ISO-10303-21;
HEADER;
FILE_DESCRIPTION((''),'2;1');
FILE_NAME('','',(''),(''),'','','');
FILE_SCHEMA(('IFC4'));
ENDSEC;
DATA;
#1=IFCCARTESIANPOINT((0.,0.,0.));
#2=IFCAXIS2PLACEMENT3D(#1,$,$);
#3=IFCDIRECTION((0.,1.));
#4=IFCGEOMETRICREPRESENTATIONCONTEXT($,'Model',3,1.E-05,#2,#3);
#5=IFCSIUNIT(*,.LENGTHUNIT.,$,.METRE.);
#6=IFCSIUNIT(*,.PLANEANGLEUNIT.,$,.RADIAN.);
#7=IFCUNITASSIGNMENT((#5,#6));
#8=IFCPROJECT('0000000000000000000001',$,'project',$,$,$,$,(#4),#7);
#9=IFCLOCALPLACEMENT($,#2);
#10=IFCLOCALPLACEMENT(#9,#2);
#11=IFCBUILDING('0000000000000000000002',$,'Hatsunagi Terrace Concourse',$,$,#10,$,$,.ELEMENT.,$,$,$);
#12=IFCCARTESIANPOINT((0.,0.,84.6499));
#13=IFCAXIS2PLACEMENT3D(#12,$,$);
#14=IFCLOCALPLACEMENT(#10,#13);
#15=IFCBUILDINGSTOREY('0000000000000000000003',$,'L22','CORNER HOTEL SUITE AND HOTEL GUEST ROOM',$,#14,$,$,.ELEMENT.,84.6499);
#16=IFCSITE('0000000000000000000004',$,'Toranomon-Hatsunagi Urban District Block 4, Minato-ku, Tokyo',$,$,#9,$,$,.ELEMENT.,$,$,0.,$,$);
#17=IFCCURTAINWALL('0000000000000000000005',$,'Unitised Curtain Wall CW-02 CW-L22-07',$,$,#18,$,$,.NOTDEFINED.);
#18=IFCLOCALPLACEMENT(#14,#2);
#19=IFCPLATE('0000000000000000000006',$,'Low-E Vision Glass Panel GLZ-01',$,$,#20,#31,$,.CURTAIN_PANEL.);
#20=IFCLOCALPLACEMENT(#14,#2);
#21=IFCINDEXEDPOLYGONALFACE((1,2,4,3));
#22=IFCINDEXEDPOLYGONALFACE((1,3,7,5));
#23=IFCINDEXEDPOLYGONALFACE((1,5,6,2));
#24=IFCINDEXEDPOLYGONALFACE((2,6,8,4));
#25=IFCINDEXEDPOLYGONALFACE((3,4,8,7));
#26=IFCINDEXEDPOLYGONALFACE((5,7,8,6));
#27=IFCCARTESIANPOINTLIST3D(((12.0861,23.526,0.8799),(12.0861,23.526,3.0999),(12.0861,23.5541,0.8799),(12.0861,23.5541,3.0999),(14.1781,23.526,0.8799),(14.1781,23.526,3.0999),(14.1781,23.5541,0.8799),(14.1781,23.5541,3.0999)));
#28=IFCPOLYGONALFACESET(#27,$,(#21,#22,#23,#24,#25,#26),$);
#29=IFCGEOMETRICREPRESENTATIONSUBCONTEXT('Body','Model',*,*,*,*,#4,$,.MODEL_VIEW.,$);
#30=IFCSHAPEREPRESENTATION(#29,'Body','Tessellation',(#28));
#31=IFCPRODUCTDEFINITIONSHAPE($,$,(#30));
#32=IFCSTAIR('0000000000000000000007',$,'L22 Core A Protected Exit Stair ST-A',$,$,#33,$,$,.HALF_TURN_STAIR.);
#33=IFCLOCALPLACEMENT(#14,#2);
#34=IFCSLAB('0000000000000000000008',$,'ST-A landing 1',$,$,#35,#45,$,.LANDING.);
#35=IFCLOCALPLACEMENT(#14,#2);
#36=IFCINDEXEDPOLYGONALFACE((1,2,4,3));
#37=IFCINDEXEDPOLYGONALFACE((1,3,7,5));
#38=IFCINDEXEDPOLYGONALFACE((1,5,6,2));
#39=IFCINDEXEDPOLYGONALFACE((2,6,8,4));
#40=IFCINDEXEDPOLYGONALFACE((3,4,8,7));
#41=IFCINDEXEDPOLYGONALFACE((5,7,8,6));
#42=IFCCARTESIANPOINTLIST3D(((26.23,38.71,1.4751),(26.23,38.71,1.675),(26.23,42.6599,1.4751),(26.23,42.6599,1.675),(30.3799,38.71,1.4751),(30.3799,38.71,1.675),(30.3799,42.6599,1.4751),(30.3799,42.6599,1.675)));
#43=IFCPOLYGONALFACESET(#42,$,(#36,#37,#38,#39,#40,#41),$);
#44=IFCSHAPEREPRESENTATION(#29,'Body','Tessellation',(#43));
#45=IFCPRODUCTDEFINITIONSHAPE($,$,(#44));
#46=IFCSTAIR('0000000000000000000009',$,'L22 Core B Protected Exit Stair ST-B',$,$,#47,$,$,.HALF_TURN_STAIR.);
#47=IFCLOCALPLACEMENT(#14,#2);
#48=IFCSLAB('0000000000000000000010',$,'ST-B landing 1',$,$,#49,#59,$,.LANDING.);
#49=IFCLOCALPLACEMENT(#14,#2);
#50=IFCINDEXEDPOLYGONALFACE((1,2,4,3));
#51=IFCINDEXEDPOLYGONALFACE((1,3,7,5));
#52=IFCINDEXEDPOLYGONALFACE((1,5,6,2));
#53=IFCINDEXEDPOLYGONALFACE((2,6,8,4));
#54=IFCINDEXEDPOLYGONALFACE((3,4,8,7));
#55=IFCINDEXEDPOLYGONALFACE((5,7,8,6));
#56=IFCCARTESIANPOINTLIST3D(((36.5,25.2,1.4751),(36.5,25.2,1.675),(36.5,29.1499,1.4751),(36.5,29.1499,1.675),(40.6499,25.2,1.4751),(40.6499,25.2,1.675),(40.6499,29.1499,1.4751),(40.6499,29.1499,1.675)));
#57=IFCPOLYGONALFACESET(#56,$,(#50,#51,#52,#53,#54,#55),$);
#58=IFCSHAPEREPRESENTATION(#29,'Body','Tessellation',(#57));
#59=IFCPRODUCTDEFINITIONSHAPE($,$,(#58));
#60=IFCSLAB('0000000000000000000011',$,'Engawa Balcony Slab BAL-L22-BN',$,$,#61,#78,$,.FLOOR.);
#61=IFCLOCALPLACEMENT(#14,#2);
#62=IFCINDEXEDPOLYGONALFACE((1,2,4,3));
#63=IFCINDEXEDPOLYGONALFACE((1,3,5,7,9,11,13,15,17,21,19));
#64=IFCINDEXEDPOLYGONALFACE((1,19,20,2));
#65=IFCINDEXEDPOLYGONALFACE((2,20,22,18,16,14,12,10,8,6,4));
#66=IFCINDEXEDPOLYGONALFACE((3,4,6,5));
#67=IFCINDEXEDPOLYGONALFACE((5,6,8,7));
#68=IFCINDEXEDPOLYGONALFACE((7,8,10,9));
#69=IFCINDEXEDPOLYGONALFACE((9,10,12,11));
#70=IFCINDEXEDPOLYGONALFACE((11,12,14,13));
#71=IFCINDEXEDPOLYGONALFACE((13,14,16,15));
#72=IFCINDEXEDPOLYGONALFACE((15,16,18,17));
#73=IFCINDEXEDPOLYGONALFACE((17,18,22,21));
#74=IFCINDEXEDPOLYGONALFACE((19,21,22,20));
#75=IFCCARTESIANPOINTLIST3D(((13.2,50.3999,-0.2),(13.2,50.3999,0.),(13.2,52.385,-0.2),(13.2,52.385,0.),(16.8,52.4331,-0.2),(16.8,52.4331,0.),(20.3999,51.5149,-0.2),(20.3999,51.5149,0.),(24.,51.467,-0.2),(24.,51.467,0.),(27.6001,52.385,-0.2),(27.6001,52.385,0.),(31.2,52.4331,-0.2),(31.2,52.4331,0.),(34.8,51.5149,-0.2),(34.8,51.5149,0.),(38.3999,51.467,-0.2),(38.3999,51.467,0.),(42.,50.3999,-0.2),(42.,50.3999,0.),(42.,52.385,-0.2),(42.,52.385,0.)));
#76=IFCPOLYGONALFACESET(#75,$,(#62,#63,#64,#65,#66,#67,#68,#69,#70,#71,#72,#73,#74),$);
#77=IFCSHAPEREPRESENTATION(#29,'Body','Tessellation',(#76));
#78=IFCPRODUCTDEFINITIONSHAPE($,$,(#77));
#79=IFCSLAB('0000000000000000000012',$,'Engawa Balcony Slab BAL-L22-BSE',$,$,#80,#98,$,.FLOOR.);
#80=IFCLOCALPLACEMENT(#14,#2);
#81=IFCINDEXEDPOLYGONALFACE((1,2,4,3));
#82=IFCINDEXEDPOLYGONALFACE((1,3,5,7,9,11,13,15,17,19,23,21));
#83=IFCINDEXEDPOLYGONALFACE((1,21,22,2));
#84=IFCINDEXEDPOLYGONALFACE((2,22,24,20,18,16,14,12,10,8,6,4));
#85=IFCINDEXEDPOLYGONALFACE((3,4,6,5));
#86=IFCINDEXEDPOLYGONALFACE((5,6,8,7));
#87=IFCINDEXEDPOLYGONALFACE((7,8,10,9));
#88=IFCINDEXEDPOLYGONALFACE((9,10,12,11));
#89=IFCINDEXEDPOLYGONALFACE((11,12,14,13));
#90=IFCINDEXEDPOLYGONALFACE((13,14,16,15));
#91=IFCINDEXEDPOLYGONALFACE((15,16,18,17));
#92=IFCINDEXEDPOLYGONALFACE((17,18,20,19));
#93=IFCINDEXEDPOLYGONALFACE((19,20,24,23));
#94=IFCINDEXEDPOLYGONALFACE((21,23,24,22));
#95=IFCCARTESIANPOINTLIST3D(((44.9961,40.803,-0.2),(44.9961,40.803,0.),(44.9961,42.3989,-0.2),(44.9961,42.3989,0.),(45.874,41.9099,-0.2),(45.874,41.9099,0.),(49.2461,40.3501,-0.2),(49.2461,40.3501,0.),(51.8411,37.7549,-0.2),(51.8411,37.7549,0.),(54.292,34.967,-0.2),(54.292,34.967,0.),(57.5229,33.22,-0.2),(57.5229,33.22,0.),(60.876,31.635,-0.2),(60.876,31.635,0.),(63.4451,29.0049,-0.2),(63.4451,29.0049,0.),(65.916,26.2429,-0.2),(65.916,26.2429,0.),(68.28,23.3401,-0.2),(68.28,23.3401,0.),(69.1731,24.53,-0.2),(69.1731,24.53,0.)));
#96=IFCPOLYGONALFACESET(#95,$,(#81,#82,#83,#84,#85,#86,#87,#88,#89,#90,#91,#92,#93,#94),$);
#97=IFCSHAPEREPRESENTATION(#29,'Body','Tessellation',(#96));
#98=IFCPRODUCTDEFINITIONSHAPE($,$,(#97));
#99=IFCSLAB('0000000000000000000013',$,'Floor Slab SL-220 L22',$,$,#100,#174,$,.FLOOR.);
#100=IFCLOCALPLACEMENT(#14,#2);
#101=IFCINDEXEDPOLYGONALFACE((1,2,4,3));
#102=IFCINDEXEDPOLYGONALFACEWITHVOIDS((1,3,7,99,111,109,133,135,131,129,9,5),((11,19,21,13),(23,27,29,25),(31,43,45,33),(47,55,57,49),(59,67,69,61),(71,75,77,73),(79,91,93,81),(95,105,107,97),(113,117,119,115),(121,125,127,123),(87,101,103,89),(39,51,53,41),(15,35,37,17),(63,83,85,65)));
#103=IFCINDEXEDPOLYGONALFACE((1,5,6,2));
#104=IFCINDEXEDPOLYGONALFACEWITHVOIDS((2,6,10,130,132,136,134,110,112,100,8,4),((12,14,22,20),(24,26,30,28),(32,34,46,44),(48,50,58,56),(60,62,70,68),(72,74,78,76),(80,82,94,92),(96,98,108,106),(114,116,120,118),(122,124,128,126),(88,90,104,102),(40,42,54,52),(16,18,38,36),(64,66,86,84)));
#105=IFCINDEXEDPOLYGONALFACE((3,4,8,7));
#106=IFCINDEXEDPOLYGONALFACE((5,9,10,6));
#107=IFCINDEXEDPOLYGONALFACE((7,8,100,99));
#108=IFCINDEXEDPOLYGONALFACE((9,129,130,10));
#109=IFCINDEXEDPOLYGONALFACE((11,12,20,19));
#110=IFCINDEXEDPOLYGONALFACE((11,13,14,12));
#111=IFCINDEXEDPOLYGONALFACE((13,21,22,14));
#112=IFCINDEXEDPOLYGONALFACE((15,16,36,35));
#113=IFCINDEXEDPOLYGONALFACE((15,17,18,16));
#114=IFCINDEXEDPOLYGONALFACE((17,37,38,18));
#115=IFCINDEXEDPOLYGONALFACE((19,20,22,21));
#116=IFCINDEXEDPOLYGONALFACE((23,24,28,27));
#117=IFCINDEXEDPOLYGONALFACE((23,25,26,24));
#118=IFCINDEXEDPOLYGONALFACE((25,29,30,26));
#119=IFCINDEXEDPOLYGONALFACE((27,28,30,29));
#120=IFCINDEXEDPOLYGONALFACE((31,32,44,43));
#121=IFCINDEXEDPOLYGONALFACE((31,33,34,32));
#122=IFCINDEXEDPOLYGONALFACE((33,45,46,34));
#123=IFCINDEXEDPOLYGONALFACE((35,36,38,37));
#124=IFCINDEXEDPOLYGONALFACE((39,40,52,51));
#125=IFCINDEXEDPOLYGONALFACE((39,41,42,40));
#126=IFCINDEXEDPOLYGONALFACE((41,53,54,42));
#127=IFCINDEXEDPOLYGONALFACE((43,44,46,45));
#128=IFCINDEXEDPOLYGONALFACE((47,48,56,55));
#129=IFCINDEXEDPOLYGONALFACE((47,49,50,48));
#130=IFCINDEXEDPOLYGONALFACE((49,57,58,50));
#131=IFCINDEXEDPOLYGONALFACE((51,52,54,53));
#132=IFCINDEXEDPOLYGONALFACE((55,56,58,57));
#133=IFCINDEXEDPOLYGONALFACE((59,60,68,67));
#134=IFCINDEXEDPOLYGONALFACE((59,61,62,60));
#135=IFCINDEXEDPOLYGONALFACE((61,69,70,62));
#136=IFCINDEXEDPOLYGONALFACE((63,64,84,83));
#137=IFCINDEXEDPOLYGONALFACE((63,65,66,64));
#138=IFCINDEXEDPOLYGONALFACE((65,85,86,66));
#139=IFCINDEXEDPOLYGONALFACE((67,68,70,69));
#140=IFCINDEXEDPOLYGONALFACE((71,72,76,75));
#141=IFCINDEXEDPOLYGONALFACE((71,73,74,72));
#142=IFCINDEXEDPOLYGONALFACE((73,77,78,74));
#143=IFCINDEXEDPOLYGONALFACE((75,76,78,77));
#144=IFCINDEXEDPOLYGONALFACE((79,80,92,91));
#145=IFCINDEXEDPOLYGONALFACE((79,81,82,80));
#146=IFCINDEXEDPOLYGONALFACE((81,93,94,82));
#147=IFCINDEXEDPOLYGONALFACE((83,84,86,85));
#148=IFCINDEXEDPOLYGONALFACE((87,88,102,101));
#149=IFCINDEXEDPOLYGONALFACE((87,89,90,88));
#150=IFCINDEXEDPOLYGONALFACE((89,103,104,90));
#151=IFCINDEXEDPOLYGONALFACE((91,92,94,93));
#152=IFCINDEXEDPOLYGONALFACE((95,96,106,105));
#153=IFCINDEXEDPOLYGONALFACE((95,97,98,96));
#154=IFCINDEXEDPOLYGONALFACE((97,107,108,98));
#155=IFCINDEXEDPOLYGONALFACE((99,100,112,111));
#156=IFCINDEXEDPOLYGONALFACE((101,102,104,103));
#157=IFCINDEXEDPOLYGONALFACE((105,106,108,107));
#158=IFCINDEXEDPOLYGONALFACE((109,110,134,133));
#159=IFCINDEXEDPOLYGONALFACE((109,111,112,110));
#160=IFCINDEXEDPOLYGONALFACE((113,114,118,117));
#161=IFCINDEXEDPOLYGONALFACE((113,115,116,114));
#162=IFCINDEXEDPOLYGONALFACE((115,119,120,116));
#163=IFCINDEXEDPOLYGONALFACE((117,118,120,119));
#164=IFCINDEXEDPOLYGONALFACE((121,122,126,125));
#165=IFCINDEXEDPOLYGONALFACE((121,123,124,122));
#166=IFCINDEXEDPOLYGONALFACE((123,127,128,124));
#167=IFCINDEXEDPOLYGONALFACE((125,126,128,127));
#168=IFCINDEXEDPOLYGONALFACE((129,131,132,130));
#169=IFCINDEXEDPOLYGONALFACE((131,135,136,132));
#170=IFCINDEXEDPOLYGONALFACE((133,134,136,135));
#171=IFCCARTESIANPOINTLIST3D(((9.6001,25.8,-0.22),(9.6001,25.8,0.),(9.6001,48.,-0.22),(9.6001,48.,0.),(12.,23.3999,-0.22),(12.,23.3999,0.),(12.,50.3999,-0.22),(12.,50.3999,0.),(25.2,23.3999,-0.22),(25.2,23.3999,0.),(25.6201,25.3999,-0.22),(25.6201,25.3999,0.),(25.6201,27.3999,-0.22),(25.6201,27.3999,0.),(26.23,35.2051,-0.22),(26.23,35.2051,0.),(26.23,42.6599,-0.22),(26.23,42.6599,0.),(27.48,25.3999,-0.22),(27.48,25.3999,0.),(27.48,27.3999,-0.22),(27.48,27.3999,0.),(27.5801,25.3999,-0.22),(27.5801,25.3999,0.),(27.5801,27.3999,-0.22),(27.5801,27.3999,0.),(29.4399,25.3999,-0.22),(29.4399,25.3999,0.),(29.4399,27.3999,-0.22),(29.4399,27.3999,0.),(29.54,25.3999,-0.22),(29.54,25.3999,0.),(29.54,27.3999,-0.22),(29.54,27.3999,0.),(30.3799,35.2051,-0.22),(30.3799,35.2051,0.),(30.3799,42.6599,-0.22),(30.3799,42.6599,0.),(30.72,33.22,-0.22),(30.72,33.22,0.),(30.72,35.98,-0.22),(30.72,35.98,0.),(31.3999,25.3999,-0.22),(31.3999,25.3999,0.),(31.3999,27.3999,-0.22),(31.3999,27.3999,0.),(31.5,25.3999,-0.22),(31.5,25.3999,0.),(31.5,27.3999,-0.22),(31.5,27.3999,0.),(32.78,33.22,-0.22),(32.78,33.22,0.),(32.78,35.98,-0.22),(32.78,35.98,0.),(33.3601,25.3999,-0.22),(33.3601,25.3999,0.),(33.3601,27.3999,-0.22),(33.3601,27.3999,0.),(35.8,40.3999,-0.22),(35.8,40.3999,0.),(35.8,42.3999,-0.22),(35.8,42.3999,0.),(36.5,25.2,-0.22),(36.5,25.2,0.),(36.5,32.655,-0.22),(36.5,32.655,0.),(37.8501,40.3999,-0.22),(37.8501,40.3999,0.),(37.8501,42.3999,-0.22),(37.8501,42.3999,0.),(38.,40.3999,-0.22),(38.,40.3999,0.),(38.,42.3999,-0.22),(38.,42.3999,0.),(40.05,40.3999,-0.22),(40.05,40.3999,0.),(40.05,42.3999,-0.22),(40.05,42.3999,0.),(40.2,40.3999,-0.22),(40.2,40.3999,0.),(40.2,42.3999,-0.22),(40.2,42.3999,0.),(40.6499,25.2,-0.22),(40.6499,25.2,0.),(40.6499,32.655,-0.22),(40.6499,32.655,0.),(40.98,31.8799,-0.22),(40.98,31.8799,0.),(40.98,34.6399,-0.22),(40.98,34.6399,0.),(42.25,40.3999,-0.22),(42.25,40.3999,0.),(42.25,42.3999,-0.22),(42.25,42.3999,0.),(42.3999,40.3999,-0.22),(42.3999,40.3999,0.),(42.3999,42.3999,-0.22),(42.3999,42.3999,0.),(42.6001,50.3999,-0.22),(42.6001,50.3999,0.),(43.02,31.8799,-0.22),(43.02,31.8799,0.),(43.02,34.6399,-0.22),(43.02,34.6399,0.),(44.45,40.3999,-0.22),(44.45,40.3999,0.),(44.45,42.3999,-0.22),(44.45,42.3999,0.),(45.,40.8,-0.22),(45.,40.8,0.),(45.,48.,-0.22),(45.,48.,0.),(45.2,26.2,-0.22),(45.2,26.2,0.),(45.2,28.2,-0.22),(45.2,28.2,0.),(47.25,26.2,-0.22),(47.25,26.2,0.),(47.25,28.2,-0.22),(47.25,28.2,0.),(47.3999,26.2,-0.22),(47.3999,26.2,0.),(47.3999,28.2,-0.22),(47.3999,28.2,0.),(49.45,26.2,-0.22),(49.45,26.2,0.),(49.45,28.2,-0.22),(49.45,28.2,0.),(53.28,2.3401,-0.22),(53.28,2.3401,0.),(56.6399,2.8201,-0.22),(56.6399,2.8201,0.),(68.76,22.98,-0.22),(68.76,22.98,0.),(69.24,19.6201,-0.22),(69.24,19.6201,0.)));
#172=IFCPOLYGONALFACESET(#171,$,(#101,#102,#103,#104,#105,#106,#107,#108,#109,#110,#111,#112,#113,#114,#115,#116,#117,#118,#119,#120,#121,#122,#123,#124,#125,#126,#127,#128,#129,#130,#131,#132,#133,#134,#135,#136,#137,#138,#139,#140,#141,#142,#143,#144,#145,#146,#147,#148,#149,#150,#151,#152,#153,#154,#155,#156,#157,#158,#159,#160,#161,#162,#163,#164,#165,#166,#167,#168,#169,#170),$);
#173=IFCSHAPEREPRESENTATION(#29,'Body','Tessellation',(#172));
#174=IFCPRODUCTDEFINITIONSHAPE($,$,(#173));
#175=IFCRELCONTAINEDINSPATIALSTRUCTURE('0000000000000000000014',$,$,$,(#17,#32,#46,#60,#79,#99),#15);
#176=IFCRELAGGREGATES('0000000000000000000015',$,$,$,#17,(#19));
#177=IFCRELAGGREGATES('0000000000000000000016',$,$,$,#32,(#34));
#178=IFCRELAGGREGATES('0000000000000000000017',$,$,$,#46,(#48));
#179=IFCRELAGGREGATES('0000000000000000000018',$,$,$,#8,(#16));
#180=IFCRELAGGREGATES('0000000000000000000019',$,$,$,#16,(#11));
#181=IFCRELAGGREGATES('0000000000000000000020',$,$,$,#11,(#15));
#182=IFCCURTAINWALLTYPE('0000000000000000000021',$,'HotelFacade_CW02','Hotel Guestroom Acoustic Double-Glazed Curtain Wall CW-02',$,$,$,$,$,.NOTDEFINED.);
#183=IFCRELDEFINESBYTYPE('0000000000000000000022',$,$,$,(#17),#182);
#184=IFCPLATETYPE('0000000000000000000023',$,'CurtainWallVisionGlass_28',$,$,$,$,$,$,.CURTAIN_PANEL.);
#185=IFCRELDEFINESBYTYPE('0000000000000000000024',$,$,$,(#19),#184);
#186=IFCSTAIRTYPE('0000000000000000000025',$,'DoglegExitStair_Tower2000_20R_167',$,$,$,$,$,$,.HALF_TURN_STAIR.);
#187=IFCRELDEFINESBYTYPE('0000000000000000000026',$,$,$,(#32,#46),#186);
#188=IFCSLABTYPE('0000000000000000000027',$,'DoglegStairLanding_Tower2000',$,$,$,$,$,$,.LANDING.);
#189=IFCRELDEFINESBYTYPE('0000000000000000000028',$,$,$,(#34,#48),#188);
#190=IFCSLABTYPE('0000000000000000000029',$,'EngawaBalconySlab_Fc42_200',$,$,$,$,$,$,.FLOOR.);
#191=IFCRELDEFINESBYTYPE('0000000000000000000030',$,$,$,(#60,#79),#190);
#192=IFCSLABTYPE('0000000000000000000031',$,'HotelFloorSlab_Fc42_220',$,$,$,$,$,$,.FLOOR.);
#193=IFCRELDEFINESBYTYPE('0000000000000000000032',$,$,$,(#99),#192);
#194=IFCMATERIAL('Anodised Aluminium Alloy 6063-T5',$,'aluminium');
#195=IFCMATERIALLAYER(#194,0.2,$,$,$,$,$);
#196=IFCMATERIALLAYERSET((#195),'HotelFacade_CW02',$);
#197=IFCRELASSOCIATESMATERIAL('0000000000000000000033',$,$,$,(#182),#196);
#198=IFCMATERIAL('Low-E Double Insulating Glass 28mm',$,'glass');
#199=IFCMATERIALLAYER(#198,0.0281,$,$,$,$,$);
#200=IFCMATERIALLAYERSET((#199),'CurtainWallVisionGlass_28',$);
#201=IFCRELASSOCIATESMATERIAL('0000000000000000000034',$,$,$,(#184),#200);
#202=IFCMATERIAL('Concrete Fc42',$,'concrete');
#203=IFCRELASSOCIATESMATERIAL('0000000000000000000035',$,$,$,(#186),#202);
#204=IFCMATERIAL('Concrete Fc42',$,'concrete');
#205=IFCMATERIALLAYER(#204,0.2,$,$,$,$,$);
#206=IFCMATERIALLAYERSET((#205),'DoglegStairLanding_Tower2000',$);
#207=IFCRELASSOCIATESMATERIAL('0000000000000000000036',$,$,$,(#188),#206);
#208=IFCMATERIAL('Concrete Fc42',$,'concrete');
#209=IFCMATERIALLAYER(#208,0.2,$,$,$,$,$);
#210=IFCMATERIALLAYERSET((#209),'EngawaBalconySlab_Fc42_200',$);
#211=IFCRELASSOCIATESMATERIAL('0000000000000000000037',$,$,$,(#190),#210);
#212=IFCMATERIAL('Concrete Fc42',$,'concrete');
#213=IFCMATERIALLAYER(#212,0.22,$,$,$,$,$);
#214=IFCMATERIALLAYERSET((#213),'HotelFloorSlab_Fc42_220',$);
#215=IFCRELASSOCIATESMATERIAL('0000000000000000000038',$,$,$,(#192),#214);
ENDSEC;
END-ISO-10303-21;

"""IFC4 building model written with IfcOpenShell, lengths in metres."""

from ifc_helpers import new_model, si_unit, direction, frame, origin, origin_2d, place, context, subcontext, project, spatial, polyline, rectangle, outline, extrude, material, layer, layer_set, type_object, element, aggregate, save


model = new_model("IFC4")

# Units and contexts
model_context = context("Model", 3, precision=1e-05, world=origin(), true_north=direction((0.0, 1.0)))
body_context = subcontext(model_context, "Body", "Model", "MODEL_VIEW")
ifc_project = project(units=[si_unit("LENGTHUNIT", "METRE"), si_unit("PLANEANGLEUNIT", "RADIAN")], contexts=[model_context])

# Site, building, storey
site_placement = place(None, origin())
site = spatial("IfcSite", under=ifc_project, at=site_placement, Name="Toranomon-Hatsunagi Urban District Block 4, Minato-ku, Tokyo", CompositionType="ELEMENT", RefElevation=0.0)
building_placement = place(site_placement, origin())
building = spatial("IfcBuilding", under=site, at=building_placement, Name="Hatsunagi Terrace Concourse", CompositionType="ELEMENT")
storey_placement = place(building_placement, frame((0.0, 0.0, 84.6499)))
storey = spatial("IfcBuildingStorey", under=building, at=storey_placement, Name="L22", Description="CORNER HOTEL SUITE AND HOTEL GUEST ROOM", CompositionType="ELEMENT", Elevation=84.6499)

# Shared definitions
ifc_material_1 = material(Name="Anodised Aluminium Alloy 6063-T5", Category="aluminium")
ifc_layer_1 = layer(ifc_material_1, 0.2)
ifc_layer_set_1 = layer_set([ifc_layer_1], Name="HotelFacade_CW02")
curtain_wall_type = type_object("IfcCurtainWallType", Name="HotelFacade_CW02", Description="Hotel Guestroom Acoustic Double-Glazed Curtain Wall CW-02", PredefinedType="NOTDEFINED", material=ifc_layer_set_1)

# Curtain wall, plate
curtain_wall_1_placement = place(storey_placement, origin())
curtain_wall_1 = element("IfcCurtainWall", 1, at=curtain_wall_1_placement, inside=storey, type_object=curtain_wall_type, Name="Unitised Curtain Wall CW-02 CW-L22-07", PredefinedType="NOTDEFINED")
ifc_material_2 = material(Name="Low-E Double Insulating Glass 28mm", Category="glass")
ifc_layer_2 = layer(ifc_material_2, 0.0281)
ifc_layer_set_2 = layer_set([ifc_layer_2], Name="CurtainWallVisionGlass_28")
plate_type_1 = type_object("IfcPlateType", Name="CurtainWallVisionGlass_28", PredefinedType="CURTAIN_PANEL", material=ifc_layer_set_2)
plate_1_placement = place(storey_placement, frame((13.1321, 23.54, 0.8799), z_axis=(0.0, 0.0, 1.0), x_axis=(-1.0, 0.0, 0.0)))
plate_1 = element("IfcPlate", 2, at=plate_1_placement, type_object=plate_type_1, Name="Low-E Vision Glass Panel GLZ-01", PredefinedType="CURTAIN_PANEL", context=body_context, shape_type="SweptSolid", body=[
    extrude(rectangle(XDim=2.092, YDim=0.0281, at=origin_2d()), origin(), (0.0, 0.0, 1.0), 2.22),
])
aggregate(curtain_wall_1, [plate_1])

# Stairs, slabs
ifc_material_3 = material(Name="Concrete Fc42", Category="concrete")
stair_type = type_object("IfcStairType", Name="DoglegExitStair_Tower2000_20R_167", PredefinedType="HALF_TURN_STAIR", material=ifc_material_3)
stair_1_placement = place(storey_placement, origin())
stair_1 = element("IfcStair", 3, at=stair_1_placement, inside=storey, type_object=stair_type, Name="L22 Core A Protected Exit Stair ST-A", PredefinedType="HALF_TURN_STAIR")
ifc_material_4 = material(Name="Concrete Fc42", Category="concrete")
ifc_layer_3 = layer(ifc_material_4, 0.2)
ifc_layer_set_3 = layer_set([ifc_layer_3], Name="DoglegStairLanding_Tower2000")
slab_type_1 = type_object("IfcSlabType", Name="DoglegStairLanding_Tower2000", PredefinedType="LANDING", material=ifc_layer_set_3)
slab_1_placement = place(storey_placement, frame((0.0, 0.0, 1.4751)))
slab_1 = element("IfcSlab", 4, at=slab_1_placement, type_object=slab_type_1, Name="ST-A landing 1", PredefinedType="LANDING", context=body_context, shape_type="SweptSolid", body=[
    extrude(outline(polyline([(30.3799, 38.71), (30.3799, 42.6599), (26.23, 42.6599), (26.23, 38.71), (30.3799, 38.71)])), origin(), (0.0, 0.0, 1.0), 0.2),
])
aggregate(stair_1, [slab_1])
stair_2_placement = place(storey_placement, origin())
stair_2 = element("IfcStair", 5, at=stair_2_placement, inside=storey, type_object=stair_type, Name="L22 Core B Protected Exit Stair ST-B", PredefinedType="HALF_TURN_STAIR")
slab_2_placement = place(storey_placement, frame((0.0, 0.0, 1.4751)))
slab_2 = element("IfcSlab", 6, at=slab_2_placement, type_object=slab_type_1, Name="ST-B landing 1", PredefinedType="LANDING", context=body_context, shape_type="SweptSolid", body=[
    extrude(outline(polyline([(36.5, 29.1499), (36.5, 25.2), (40.6499, 25.2), (40.6499, 29.1499), (36.5, 29.1499)])), origin(), (0.0, 0.0, 1.0), 0.2),
])
aggregate(stair_2, [slab_2])

# Slabs
ifc_material_5 = material(Name="Concrete Fc42", Category="concrete")
ifc_layer_4 = layer(ifc_material_5, 0.2)
ifc_layer_set_4 = layer_set([ifc_layer_4], Name="EngawaBalconySlab_Fc42_200")
slab_type_2 = type_object("IfcSlabType", Name="EngawaBalconySlab_Fc42_200", PredefinedType="FLOOR", material=ifc_layer_set_4)
slab_3_placement = place(storey_placement, frame((0.0, 0.0, -0.2)))
element("IfcSlab", 7, at=slab_3_placement, inside=storey, type_object=slab_type_2, Name="Engawa Balcony Slab BAL-L22-BN", PredefinedType="FLOOR", context=body_context, shape_type="SweptSolid", body=[
    extrude(outline(polyline([(13.2, 52.385), (13.2, 50.3999), (42.0, 50.3999), (42.0, 52.385), (38.3999, 51.467), (34.8, 51.5149), (31.2, 52.4331), (27.6001, 52.385), (24.0, 51.467), (20.3999, 51.5149), (16.8, 52.4331), (13.2, 52.385)])), origin(), (0.0, 0.0, 1.0), 0.2),
])
slab_4_placement = place(storey_placement, frame((0.0, 0.0, -0.2)))
element("IfcSlab", 8, at=slab_4_placement, inside=storey, type_object=slab_type_2, Name="Engawa Balcony Slab BAL-L22-BSE", PredefinedType="FLOOR", context=body_context, shape_type="SweptSolid", body=[
    extrude(outline(polyline([(45.874, 41.9099), (44.9961, 42.3989), (44.9961, 40.803), (68.28, 23.3401), (69.1731, 24.53), (65.916, 26.2429), (63.4451, 29.0049), (60.876, 31.635), (57.5229, 33.22), (54.292, 34.967), (51.8411, 37.7549), (49.2461, 40.3501), (45.874, 41.9099)])), origin(), (0.0, 0.0, 1.0), 0.2),
])
ifc_material_6 = material(Name="Concrete Fc42", Category="concrete")
ifc_layer_5 = layer(ifc_material_6, 0.22)
ifc_layer_set_5 = layer_set([ifc_layer_5], Name="HotelFloorSlab_Fc42_220")
slab_type_3 = type_object("IfcSlabType", Name="HotelFloorSlab_Fc42_220", PredefinedType="FLOOR", material=ifc_layer_set_5)
slab_5_placement = place(storey_placement, frame((0.0, 0.0, -0.22)))
element("IfcSlab", 9, at=slab_5_placement, inside=storey, type_object=slab_type_3, Name="Floor Slab SL-220 L22", PredefinedType="FLOOR", context=body_context, shape_type="SweptSolid", body=[
    extrude(outline(polyline([(45.0, 40.8), (45.0, 48.0), (42.6001, 50.3999), (12.0, 50.3999), (9.6001, 48.0), (9.6001, 25.8), (12.0, 23.3999), (25.2, 23.3999), (53.28, 2.3401), (56.6399, 2.8201), (69.24, 19.6201), (68.76, 22.98), (45.0, 40.8)]), holes=[polyline([(26.23, 35.2051), (30.3799, 35.2051), (30.3799, 42.6599), (26.23, 42.6599), (26.23, 35.2051)]), polyline([(36.5, 25.2), (40.6499, 25.2), (40.6499, 32.655), (36.5, 32.655), (36.5, 25.2)]), polyline([(30.72, 33.22), (32.78, 33.22), (32.78, 35.98), (30.72, 35.98), (30.72, 33.22)]), polyline([(40.98, 31.8799), (43.02, 31.8799), (43.02, 34.6399), (40.98, 34.6399), (40.98, 31.8799)]), polyline([(25.6201, 25.3999), (27.48, 25.3999), (27.48, 27.3999), (25.6201, 27.3999), (25.6201, 25.3999)]), polyline([(27.5801, 25.3999), (29.4399, 25.3999), (29.4399, 27.3999), (27.5801, 27.3999), (27.5801, 25.3999)]), polyline([(29.54, 25.3999), (31.3999, 25.3999), (31.3999, 27.3999), (29.54, 27.3999), (29.54, 25.3999)]), polyline([(31.5, 25.3999), (33.3601, 25.3999), (33.3601, 27.3999), (31.5, 27.3999), (31.5, 25.3999)]), polyline([(35.8, 40.3999), (37.8501, 40.3999), (37.8501, 42.3999), (35.8, 42.3999), (35.8, 40.3999)]), polyline([(38.0, 40.3999), (40.05, 40.3999), (40.05, 42.3999), (38.0, 42.3999), (38.0, 40.3999)]), polyline([(40.2, 40.3999), (42.25, 40.3999), (42.25, 42.3999), (40.2, 42.3999), (40.2, 40.3999)]), polyline([(42.3999, 40.3999), (44.45, 40.3999), (44.45, 42.3999), (42.3999, 42.3999), (42.3999, 40.3999)]), polyline([(45.2, 26.2), (47.25, 26.2), (47.25, 28.2), (45.2, 28.2), (45.2, 26.2)]), polyline([(47.3999, 26.2), (49.45, 26.2), (49.45, 28.2), (47.3999, 28.2), (47.3999, 26.2)])]), origin(), (0.0, 0.0, 1.0), 0.22),
])

save(model, "model.ifc")
